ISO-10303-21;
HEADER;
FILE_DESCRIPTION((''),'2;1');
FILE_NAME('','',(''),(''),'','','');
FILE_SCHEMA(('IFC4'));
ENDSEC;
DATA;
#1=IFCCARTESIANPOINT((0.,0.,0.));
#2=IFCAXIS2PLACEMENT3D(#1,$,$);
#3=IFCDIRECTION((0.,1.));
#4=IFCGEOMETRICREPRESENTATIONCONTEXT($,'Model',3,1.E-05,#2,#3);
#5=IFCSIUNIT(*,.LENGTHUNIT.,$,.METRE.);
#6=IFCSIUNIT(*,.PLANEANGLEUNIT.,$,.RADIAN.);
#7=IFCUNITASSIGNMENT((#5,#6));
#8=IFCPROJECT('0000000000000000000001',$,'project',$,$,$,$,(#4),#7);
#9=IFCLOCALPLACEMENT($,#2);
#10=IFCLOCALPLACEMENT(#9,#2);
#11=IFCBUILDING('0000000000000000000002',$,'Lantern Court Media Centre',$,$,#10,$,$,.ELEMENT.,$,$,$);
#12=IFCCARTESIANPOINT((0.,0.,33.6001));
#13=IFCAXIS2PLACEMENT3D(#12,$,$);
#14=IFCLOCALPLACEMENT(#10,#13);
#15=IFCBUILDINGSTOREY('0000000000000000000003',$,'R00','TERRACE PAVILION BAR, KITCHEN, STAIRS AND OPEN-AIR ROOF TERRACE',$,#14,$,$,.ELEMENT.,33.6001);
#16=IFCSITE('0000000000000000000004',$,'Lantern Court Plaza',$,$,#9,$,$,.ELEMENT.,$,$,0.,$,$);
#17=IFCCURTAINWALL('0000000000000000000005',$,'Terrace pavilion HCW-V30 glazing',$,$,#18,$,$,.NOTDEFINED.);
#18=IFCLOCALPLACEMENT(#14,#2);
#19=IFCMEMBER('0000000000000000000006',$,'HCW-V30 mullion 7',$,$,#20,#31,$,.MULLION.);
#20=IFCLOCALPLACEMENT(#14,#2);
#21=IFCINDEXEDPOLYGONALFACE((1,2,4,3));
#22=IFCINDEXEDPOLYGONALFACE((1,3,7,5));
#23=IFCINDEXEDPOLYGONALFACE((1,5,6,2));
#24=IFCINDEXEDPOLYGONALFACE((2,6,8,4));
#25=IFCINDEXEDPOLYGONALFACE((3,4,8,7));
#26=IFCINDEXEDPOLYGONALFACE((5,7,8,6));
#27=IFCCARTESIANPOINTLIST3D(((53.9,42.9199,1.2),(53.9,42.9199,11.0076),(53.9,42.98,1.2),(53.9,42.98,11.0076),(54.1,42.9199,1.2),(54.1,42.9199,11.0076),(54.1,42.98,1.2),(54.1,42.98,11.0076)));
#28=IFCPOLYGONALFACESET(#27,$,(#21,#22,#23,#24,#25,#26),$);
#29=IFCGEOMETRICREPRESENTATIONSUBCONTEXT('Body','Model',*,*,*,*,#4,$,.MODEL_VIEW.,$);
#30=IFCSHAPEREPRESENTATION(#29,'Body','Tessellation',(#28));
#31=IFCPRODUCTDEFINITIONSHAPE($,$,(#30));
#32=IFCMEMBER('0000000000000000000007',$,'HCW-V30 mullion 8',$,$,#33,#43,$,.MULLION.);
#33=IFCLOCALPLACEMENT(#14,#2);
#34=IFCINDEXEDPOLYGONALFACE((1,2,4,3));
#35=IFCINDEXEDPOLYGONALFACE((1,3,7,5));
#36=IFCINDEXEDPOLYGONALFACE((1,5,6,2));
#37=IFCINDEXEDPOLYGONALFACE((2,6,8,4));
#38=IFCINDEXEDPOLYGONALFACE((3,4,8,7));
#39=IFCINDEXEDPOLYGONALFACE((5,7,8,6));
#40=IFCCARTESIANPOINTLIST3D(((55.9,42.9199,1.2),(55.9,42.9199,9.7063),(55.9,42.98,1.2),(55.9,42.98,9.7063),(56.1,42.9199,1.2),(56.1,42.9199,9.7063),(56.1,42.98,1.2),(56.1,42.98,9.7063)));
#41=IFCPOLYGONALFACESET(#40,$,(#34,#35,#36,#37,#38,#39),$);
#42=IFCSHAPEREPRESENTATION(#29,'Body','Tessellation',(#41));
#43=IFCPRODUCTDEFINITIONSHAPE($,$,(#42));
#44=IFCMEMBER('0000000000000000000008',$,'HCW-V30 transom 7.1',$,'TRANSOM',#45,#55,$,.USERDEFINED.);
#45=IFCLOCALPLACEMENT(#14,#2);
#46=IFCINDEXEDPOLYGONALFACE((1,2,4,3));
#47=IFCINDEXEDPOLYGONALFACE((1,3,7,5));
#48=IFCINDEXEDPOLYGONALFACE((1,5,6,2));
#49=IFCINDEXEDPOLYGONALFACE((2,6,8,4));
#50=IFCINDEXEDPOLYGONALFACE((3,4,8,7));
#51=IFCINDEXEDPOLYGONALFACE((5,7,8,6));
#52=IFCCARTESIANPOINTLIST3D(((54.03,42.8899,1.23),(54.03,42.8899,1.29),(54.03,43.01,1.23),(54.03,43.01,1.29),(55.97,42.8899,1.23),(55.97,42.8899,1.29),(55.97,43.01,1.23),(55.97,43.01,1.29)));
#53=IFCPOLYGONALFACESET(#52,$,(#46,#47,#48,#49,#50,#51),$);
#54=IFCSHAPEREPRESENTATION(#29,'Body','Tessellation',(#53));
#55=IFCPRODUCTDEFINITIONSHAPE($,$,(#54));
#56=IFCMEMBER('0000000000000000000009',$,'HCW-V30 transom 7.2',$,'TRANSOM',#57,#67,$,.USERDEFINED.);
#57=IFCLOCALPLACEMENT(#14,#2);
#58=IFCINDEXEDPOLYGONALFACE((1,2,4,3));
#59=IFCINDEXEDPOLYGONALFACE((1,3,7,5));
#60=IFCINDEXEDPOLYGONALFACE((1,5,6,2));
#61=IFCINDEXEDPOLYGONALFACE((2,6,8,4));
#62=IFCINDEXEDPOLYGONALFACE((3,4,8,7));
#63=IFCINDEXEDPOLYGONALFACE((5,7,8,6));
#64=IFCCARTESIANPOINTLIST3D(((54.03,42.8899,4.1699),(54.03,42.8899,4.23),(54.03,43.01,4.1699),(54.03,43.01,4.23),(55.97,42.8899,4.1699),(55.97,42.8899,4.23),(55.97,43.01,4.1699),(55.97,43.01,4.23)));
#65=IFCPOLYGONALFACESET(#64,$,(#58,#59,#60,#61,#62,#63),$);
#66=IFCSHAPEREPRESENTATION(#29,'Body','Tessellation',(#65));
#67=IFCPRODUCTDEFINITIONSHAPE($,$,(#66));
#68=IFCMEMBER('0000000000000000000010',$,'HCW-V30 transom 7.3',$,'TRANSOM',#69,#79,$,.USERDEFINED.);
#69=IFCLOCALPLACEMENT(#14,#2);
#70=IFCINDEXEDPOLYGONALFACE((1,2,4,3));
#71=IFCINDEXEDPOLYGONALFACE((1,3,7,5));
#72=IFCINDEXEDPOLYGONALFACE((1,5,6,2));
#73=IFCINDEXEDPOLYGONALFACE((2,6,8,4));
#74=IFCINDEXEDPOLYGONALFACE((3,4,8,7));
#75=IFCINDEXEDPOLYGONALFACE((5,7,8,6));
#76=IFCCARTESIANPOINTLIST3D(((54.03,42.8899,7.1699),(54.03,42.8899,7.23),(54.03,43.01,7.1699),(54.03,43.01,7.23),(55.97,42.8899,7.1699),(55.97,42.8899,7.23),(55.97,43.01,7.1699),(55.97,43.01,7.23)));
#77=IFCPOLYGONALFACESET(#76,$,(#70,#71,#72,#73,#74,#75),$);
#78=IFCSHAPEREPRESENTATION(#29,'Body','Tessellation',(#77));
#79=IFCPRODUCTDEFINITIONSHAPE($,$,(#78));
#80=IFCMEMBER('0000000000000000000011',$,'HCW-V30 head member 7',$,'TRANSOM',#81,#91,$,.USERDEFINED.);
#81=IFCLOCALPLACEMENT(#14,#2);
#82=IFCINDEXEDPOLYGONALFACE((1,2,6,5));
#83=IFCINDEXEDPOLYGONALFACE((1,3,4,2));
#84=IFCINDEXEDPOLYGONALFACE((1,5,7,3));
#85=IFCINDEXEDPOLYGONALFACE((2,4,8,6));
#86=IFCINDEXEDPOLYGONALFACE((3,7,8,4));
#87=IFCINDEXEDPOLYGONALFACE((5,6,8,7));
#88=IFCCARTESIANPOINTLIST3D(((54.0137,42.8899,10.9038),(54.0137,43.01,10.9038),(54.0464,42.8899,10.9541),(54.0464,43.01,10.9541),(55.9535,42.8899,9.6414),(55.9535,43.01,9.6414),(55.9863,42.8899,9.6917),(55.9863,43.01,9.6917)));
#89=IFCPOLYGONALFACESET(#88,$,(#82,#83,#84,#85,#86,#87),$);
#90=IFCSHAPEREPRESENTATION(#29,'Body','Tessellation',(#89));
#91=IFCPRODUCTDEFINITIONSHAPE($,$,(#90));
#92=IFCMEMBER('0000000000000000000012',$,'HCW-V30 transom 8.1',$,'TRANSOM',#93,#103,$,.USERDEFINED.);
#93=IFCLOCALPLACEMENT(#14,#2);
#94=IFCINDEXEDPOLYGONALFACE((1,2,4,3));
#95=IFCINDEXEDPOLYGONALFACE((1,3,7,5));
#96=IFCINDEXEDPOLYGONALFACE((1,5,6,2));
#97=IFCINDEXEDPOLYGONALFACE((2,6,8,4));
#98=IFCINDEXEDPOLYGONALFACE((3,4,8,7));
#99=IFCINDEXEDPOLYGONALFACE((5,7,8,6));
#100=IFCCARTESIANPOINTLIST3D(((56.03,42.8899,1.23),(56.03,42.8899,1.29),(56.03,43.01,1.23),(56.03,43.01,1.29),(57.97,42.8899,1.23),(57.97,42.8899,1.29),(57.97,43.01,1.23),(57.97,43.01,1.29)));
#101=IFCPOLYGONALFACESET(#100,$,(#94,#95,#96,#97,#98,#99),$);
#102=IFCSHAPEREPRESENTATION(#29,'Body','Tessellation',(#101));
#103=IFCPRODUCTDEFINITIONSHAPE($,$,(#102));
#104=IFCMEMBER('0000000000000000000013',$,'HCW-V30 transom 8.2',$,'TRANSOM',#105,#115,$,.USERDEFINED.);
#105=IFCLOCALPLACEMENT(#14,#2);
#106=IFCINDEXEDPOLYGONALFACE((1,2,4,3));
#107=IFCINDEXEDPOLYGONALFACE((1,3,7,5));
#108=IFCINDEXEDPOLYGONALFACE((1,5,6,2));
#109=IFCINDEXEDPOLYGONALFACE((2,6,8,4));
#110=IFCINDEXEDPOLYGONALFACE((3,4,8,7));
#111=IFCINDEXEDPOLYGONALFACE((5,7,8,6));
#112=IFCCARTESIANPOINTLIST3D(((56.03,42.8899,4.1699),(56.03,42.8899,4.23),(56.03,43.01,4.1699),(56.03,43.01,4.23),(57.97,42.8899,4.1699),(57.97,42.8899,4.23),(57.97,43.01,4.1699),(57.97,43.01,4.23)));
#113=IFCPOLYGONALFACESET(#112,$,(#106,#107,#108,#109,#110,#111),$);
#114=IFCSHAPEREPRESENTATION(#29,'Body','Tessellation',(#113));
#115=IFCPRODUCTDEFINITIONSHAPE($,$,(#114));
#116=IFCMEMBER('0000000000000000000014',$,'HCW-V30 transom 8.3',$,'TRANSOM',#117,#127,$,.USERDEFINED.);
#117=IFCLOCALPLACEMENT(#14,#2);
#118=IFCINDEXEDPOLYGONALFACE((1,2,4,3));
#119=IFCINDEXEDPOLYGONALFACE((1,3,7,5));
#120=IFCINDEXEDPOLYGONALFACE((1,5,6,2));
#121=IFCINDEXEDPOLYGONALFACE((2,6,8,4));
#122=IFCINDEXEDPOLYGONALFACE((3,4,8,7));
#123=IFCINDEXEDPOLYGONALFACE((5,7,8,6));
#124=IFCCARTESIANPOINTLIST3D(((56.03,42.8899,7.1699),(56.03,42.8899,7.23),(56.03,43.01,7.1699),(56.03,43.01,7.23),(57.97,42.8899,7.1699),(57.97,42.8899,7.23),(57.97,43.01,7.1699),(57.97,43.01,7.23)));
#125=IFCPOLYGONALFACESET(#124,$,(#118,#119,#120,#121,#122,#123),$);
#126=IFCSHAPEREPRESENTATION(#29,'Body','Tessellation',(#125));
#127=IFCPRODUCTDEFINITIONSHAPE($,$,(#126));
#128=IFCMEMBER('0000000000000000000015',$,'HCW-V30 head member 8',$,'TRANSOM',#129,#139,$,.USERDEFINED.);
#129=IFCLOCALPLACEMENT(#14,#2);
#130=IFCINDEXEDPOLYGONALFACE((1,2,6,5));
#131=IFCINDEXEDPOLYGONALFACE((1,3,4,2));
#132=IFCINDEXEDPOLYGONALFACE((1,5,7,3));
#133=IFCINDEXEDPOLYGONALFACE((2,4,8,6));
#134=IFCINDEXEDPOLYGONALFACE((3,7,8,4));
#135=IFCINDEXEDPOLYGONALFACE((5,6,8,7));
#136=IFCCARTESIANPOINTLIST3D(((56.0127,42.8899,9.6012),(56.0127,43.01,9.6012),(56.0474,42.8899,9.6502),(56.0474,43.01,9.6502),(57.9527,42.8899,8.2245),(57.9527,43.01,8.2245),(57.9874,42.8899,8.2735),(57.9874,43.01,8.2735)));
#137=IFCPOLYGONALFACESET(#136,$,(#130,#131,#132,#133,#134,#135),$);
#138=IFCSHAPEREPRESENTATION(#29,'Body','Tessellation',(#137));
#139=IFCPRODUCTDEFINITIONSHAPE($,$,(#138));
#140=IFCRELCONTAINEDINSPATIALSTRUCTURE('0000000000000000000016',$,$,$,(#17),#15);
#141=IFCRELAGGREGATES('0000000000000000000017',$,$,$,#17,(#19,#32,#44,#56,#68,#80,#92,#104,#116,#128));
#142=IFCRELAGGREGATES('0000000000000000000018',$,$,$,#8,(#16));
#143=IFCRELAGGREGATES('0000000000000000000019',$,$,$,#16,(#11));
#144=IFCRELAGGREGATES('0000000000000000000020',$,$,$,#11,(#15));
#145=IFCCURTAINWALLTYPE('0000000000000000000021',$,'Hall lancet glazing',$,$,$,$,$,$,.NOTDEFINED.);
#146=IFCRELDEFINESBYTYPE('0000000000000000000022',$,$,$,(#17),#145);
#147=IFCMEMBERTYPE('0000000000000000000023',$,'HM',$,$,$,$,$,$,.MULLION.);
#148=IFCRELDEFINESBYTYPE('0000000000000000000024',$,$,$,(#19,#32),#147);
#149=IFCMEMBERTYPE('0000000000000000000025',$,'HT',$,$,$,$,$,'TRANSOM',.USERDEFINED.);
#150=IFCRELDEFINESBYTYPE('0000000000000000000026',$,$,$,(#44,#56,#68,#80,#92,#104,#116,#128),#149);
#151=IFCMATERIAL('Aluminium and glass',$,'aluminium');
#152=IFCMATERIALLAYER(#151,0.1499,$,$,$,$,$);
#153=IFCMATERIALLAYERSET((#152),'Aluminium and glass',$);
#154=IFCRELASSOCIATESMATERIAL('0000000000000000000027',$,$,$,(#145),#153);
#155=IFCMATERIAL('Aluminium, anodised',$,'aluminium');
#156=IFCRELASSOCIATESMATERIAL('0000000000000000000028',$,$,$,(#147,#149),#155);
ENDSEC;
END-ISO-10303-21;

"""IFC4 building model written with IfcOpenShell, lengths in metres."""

from ifc_helpers import new_model, si_unit, direction, frame, origin, origin_2d, place, context, subcontext, project, spatial, rectangle, extrude, material, layer, layer_set, material_profile, profile_set, type_object, element, aggregate, save


model = new_model("IFC4")

# Units and contexts
model_context = context("Model", 3, precision=1e-05, world=origin(), true_north=direction((0.0, 1.0)))
body_context = subcontext(model_context, "Body", "Model", "MODEL_VIEW")
ifc_project = project(units=[si_unit("LENGTHUNIT", "METRE"), si_unit("PLANEANGLEUNIT", "RADIAN")], contexts=[model_context])

# Site, building, storey
site_placement = place(None, origin())
site = spatial("IfcSite", under=ifc_project, at=site_placement, Name="Lantern Court Plaza", CompositionType="ELEMENT", RefElevation=0.0)
building_placement = place(site_placement, origin())
building = spatial("IfcBuilding", under=site, at=building_placement, Name="Lantern Court Media Centre", CompositionType="ELEMENT")
storey_placement = place(building_placement, frame((0.0, 0.0, 33.6001)))
storey = spatial("IfcBuildingStorey", under=building, at=storey_placement, Name="R00", Description="TERRACE PAVILION BAR, KITCHEN, STAIRS AND OPEN-AIR ROOF TERRACE", CompositionType="ELEMENT", Elevation=33.6001)

# Curtain wall, members
ifc_material_1 = material(Name="Aluminium and glass", Category="aluminium")
ifc_layer_1 = layer(ifc_material_1, 0.1499)
ifc_layer_set_1 = layer_set([ifc_layer_1], Name="Aluminium and glass")
curtain_wall_type = type_object("IfcCurtainWallType", Name="Hall lancet glazing", PredefinedType="NOTDEFINED", material=ifc_layer_set_1)
curtain_wall_placement = place(storey_placement, origin())
curtain_wall = element("IfcCurtainWall", 1, at=curtain_wall_placement, inside=storey, type_object=curtain_wall_type, Name="Terrace pavilion HCW-V30 glazing", PredefinedType="NOTDEFINED")
ifc_material_2 = material(Name="Aluminium, anodised", Category="aluminium")
ifc_material_profile_1 = material_profile(ifc_material_2, rectangle(XDim=0.0601, YDim=0.2, at=origin_2d()), Name="HM")
ifc_profile_set_1 = profile_set([ifc_material_profile_1], Name="Aluminium, anodised")
member_type_1 = type_object("IfcMemberType", Name="HM", PredefinedType="MULLION", material=ifc_profile_set_1)
member_1_placement = place(storey_placement, frame((54.0, 42.95, 1.2), z_axis=(0.0, 0.0, 1.0), x_axis=(0.0, 1.0, 0.0)))
member_1 = element("IfcMember", 2, at=member_1_placement, type_object=member_type_1, Name="HCW-V30 mullion 7", PredefinedType="MULLION", context=body_context, shape_type="SweptSolid", body=[
    extrude(rectangle(XDim=0.0601, YDim=0.2, at=origin_2d()), origin(), (0.0, 0.0, 1.0), 9.8076),
])
member_2_placement = place(storey_placement, frame((56.0, 42.95, 1.2), z_axis=(0.0, 0.0, 1.0), x_axis=(0.0, 1.0, 0.0)))
member_2 = element("IfcMember", 3, at=member_2_placement, type_object=member_type_1, Name="HCW-V30 mullion 8", PredefinedType="MULLION", context=body_context, shape_type="SweptSolid", body=[
    extrude(rectangle(XDim=0.0601, YDim=0.2, at=origin_2d()), origin(), (0.0, 0.0, 1.0), 8.5063),
])
ifc_material_profile_2 = material_profile(ifc_material_2, rectangle(XDim=0.1201, YDim=0.0601, at=origin_2d()), Name="HT")
ifc_profile_set_2 = profile_set([ifc_material_profile_2], Name="Aluminium, anodised")
member_type_2 = type_object("IfcMemberType", Name="HT", ElementType="TRANSOM", PredefinedType="USERDEFINED", material=ifc_profile_set_2)
member_3_placement = place(storey_placement, frame((54.03, 42.95, 1.26), z_axis=(1.0, 0.0, 0.0), x_axis=(0.0, 1.0, 0.0)))
member_3 = element("IfcMember", 4, at=member_3_placement, type_object=member_type_2, Name="HCW-V30 transom 7.1", ObjectType="TRANSOM", PredefinedType="USERDEFINED", context=body_context, shape_type="SweptSolid", body=[
    extrude(rectangle(XDim=0.1201, YDim=0.0601, at=origin_2d()), origin(), (0.0, 0.0, 1.0), 1.9399),
])
member_4_placement = place(storey_placement, frame((54.03, 42.95, 4.2), z_axis=(1.0, 0.0, 0.0), x_axis=(0.0, 1.0, 0.0)))
member_4 = element("IfcMember", 5, at=member_4_placement, type_object=member_type_2, Name="HCW-V30 transom 7.2", ObjectType="TRANSOM", PredefinedType="USERDEFINED", context=body_context, shape_type="SweptSolid", body=[
    extrude(rectangle(XDim=0.1201, YDim=0.0601, at=origin_2d()), origin(), (0.0, 0.0, 1.0), 1.9399),
])
member_5_placement = place(storey_placement, frame((54.03, 42.95, 7.2), z_axis=(1.0, 0.0, 0.0), x_axis=(0.0, 1.0, 0.0)))
member_5 = element("IfcMember", 6, at=member_5_placement, type_object=member_type_2, Name="HCW-V30 transom 7.3", ObjectType="TRANSOM", PredefinedType="USERDEFINED", context=body_context, shape_type="SweptSolid", body=[
    extrude(rectangle(XDim=0.1201, YDim=0.0601, at=origin_2d()), origin(), (0.0, 0.0, 1.0), 1.9399),
])
member_6_placement = place(storey_placement, frame((54.03, 42.95, 10.929), z_axis=(0.838149, 0.0, -0.545441), x_axis=(0.0, 1.0, 0.0)))
member_6 = element("IfcMember", 7, at=member_6_placement, type_object=member_type_2, Name="HCW-V30 head member 7", ObjectType="TRANSOM", PredefinedType="USERDEFINED", context=body_context, shape_type="SweptSolid", body=[
    extrude(rectangle(XDim=0.1201, YDim=0.0601, at=origin_2d()), origin(), (0.0, 0.0, 1.0), 2.3145),
])
member_7_placement = place(storey_placement, frame((56.03, 42.95, 1.26), z_axis=(1.0, 0.0, 0.0), x_axis=(0.0, 1.0, 0.0)))
member_7 = element("IfcMember", 8, at=member_7_placement, type_object=member_type_2, Name="HCW-V30 transom 8.1", ObjectType="TRANSOM", PredefinedType="USERDEFINED", context=body_context, shape_type="SweptSolid", body=[
    extrude(rectangle(XDim=0.1201, YDim=0.0601, at=origin_2d()), origin(), (0.0, 0.0, 1.0), 1.9399),
])
member_8_placement = place(storey_placement, frame((56.03, 42.95, 4.2), z_axis=(1.0, 0.0, 0.0), x_axis=(0.0, 1.0, 0.0)))
member_8 = element("IfcMember", 9, at=member_8_placement, type_object=member_type_2, Name="HCW-V30 transom 8.2", ObjectType="TRANSOM", PredefinedType="USERDEFINED", context=body_context, shape_type="SweptSolid", body=[
    extrude(rectangle(XDim=0.1201, YDim=0.0601, at=origin_2d()), origin(), (0.0, 0.0, 1.0), 1.9399),
])
member_9_placement = place(storey_placement, frame((56.03, 42.95, 7.2), z_axis=(1.0, 0.0, 0.0), x_axis=(0.0, 1.0, 0.0)))
member_9 = element("IfcMember", 10, at=member_9_placement, type_object=member_type_2, Name="HCW-V30 transom 8.3", ObjectType="TRANSOM", PredefinedType="USERDEFINED", context=body_context, shape_type="SweptSolid", body=[
    extrude(rectangle(XDim=0.1201, YDim=0.0601, at=origin_2d()), origin(), (0.0, 0.0, 1.0), 1.9399),
])
member_10_placement = place(storey_placement, frame((56.03, 42.95, 9.6257), z_axis=(0.815512, 0.0, -0.57874), x_axis=(0.0, 1.0, 0.0)))
member_10 = element("IfcMember", 11, at=member_10_placement, type_object=member_type_2, Name="HCW-V30 head member 8", ObjectType="TRANSOM", PredefinedType="USERDEFINED", context=body_context, shape_type="SweptSolid", body=[
    extrude(rectangle(XDim=0.1201, YDim=0.0601, at=origin_2d()), origin(), (0.0, 0.0, 1.0), 2.3789),
])

aggregate(curtain_wall, [member_1, member_2, member_3, member_4, member_5, member_6, member_7, member_8, member_9, member_10])

save(model, "model.ifc")
